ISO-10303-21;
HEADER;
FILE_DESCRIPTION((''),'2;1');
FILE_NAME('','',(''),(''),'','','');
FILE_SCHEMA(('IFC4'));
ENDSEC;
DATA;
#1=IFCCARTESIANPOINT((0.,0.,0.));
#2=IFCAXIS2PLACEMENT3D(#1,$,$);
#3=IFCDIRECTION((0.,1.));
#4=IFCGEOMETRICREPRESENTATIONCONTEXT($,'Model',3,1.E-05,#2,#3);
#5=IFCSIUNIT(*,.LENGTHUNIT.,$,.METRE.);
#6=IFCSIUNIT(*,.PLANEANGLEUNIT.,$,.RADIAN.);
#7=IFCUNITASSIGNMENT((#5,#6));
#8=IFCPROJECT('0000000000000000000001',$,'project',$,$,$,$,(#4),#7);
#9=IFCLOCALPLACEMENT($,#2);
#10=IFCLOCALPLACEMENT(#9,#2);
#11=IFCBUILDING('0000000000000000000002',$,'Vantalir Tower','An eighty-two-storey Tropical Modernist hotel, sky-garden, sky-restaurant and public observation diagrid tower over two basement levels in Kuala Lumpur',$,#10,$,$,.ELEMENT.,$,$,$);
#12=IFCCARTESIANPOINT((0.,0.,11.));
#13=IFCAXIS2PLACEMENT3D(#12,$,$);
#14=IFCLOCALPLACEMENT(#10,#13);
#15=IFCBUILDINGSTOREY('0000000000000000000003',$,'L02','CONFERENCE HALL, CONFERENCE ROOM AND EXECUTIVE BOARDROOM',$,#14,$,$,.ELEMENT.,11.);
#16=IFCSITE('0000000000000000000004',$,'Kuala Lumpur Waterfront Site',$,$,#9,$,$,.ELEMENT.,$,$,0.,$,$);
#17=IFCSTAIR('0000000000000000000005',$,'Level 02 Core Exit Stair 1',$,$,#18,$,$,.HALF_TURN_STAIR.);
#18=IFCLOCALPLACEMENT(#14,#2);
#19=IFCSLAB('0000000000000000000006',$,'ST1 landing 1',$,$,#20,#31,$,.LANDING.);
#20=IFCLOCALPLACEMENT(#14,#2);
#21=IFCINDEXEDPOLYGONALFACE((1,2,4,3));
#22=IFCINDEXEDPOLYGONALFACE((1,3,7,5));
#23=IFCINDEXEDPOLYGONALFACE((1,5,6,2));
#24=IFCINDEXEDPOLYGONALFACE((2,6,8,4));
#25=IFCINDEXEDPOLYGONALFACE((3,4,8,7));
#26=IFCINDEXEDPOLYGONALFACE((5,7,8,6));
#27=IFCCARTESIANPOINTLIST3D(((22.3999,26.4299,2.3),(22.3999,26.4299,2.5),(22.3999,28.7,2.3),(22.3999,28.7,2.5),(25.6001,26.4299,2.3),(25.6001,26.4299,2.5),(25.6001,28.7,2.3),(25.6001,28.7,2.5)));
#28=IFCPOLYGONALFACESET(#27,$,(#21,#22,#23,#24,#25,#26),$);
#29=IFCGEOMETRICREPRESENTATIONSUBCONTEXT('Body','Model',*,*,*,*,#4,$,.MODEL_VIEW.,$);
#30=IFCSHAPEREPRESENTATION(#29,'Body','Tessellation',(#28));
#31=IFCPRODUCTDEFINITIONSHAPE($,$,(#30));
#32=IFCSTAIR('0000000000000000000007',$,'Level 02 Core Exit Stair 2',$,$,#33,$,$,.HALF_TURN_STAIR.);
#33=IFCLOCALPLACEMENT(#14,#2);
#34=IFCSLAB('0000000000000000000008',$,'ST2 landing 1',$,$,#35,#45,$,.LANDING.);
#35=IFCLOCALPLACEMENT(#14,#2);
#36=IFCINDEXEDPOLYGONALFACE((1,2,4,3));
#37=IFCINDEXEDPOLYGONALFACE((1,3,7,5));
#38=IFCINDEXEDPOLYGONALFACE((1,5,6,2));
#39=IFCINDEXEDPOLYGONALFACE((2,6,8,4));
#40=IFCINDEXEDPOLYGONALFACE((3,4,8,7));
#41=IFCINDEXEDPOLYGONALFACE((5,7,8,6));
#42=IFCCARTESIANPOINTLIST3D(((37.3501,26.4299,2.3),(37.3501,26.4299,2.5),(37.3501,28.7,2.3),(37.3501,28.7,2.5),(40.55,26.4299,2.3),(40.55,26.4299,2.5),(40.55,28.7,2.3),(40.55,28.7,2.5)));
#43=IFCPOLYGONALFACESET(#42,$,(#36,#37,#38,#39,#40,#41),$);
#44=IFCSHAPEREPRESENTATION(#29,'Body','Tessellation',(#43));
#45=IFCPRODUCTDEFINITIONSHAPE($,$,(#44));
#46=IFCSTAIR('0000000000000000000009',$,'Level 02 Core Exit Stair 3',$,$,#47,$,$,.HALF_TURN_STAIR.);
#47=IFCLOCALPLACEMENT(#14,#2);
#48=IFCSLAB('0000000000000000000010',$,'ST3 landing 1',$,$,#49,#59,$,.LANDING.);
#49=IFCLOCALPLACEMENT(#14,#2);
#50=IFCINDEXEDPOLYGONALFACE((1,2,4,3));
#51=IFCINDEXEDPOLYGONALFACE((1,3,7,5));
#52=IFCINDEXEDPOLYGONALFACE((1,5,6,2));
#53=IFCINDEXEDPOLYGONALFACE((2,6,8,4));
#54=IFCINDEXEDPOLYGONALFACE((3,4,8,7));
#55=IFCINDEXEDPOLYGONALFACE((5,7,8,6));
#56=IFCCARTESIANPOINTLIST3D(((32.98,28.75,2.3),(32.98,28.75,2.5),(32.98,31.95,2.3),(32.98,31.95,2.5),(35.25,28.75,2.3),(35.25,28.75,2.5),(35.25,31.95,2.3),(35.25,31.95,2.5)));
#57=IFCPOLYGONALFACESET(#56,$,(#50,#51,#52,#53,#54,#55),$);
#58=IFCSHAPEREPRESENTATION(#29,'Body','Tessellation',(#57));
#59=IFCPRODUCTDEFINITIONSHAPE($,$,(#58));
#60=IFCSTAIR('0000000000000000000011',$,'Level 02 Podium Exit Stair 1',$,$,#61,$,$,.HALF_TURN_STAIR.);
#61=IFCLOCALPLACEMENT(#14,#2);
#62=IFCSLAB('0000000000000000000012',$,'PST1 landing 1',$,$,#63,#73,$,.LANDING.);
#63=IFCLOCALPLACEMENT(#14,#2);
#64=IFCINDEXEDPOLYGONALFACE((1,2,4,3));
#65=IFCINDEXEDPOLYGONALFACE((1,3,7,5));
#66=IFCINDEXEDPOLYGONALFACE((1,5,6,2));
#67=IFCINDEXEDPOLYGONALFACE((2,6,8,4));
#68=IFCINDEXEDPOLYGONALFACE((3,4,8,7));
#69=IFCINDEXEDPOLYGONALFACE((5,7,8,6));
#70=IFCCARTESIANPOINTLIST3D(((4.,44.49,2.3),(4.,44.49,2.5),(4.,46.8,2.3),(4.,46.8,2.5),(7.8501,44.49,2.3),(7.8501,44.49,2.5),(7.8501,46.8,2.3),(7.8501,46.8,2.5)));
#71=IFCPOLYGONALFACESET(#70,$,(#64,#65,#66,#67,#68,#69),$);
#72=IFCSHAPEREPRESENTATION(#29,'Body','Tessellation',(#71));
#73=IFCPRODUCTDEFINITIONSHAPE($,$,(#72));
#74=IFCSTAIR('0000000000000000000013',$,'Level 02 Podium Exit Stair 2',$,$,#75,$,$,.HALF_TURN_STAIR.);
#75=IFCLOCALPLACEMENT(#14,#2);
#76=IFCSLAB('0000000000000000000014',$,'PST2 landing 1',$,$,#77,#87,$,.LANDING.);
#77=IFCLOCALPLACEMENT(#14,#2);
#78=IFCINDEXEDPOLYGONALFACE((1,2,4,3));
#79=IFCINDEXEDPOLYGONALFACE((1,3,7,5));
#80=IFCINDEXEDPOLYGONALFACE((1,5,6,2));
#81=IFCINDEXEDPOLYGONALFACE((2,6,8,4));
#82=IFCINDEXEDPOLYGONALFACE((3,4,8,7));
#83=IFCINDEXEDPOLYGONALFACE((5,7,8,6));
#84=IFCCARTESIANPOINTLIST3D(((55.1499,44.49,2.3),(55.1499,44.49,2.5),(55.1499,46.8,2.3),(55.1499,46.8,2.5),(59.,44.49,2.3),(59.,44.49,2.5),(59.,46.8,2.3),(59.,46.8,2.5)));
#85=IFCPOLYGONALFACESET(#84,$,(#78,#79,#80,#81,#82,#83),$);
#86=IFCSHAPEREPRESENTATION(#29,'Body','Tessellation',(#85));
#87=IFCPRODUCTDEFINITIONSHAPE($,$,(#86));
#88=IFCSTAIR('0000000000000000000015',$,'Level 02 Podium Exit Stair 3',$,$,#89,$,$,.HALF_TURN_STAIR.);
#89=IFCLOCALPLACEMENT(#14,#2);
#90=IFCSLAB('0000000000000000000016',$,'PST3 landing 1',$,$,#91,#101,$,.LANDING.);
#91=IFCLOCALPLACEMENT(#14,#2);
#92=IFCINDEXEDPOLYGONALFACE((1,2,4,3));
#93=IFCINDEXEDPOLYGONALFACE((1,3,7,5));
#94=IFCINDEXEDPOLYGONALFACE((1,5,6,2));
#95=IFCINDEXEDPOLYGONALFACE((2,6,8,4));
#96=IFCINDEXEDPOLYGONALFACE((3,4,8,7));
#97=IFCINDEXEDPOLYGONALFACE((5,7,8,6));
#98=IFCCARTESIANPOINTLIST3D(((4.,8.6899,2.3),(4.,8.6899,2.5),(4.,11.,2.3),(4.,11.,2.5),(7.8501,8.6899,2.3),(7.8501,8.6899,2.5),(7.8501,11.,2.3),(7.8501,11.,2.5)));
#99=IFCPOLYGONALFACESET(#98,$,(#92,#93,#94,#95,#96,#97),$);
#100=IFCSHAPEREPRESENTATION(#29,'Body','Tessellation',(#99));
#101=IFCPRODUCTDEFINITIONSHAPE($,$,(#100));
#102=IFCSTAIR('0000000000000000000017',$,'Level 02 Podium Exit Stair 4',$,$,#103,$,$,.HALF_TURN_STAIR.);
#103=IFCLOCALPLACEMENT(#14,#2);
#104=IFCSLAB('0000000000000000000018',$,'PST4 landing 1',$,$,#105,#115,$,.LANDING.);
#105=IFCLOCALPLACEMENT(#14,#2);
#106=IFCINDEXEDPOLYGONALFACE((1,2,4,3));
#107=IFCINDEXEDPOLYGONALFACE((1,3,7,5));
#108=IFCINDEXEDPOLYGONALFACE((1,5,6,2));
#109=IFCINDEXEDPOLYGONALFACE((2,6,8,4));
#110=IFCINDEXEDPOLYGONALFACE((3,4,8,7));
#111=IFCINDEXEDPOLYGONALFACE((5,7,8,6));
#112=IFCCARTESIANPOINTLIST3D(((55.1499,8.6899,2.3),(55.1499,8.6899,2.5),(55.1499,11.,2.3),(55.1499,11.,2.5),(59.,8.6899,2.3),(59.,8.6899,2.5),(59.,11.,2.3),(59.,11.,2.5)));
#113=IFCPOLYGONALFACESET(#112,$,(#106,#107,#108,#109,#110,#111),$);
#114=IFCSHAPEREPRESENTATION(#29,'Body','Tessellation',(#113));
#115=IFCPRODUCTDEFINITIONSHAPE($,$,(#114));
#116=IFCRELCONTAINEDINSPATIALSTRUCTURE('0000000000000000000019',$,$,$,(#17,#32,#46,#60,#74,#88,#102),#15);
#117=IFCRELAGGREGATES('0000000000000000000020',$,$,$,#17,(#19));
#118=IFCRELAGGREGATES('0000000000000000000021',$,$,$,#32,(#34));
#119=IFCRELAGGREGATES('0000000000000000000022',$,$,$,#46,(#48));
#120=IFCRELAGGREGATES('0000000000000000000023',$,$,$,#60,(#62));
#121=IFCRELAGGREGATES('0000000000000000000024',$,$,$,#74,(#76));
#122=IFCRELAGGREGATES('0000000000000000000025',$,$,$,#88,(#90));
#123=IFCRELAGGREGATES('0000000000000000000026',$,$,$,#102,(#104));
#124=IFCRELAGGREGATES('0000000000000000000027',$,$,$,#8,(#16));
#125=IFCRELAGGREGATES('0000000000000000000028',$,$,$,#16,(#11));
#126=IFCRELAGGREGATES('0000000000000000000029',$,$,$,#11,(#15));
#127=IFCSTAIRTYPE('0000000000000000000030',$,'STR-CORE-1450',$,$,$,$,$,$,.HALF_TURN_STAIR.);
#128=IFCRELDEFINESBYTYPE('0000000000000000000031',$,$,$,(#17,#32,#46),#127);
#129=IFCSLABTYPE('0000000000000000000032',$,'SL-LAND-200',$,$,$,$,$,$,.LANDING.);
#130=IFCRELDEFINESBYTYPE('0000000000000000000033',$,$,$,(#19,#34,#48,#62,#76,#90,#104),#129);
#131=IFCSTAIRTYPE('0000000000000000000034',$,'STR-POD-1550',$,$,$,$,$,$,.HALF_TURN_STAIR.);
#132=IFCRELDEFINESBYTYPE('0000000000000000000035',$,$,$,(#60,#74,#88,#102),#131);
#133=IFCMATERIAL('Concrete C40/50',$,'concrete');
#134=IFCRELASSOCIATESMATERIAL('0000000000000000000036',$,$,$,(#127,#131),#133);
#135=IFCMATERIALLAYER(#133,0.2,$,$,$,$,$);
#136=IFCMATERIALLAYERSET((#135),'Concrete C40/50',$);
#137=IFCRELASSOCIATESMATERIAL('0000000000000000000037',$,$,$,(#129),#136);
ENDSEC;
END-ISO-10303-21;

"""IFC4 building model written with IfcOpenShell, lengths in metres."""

from ifc_helpers import new_model, si_unit, direction, frame, origin, place, context, subcontext, project, spatial, polyline, outline, extrude, material, layer, layer_set, type_object, element, aggregate, save


model = new_model("IFC4")

# Units and contexts
model_context = context("Model", 3, precision=1e-05, world=origin(), true_north=direction((0.0, 1.0)))
body_context = subcontext(model_context, "Body", "Model", "MODEL_VIEW")
ifc_project = project(units=[si_unit("LENGTHUNIT", "METRE"), si_unit("PLANEANGLEUNIT", "RADIAN")], contexts=[model_context])

# Site, building, storey
site_placement = place(None, origin())
site = spatial("IfcSite", under=ifc_project, at=site_placement, Name="Kuala Lumpur Waterfront Site", CompositionType="ELEMENT", RefElevation=0.0)
building_placement = place(site_placement, origin())
building = spatial("IfcBuilding", under=site, at=building_placement, Name="Vantalir Tower", Description="An eighty-two-storey Tropical Modernist hotel, sky-garden, sky-restaurant and public observation diagrid tower over two basement levels in Kuala Lumpur", CompositionType="ELEMENT")
storey_placement = place(building_placement, frame((0.0, 0.0, 11.0)))
storey = spatial("IfcBuildingStorey", under=building, at=storey_placement, Name="L02", Description="CONFERENCE HALL, CONFERENCE ROOM AND EXECUTIVE BOARDROOM", CompositionType="ELEMENT", Elevation=11.0)

# Stairs, slabs
ifc_material_1 = material(Name="Concrete C40/50", Category="concrete")
stair_type_1 = type_object("IfcStairType", Name="STR-CORE-1450", PredefinedType="HALF_TURN_STAIR", material=ifc_material_1)
stair_1_placement = place(storey_placement, origin())
stair_1 = element("IfcStair", 1, at=stair_1_placement, inside=storey, type_object=stair_type_1, Name="Level 02 Core Exit Stair 1", PredefinedType="HALF_TURN_STAIR")
ifc_layer_1 = layer(ifc_material_1, 0.2)
ifc_layer_set_1 = layer_set([ifc_layer_1], Name="Concrete C40/50")
slab_type_1 = type_object("IfcSlabType", Name="SL-LAND-200", PredefinedType="LANDING", material=ifc_layer_set_1)
slab_1_placement = place(storey_placement, frame((0.0, 0.0, 2.3)))
slab_1 = element("IfcSlab", 2, at=slab_1_placement, type_object=slab_type_1, Name="ST1 landing 1", PredefinedType="LANDING", context=body_context, shape_type="SweptSolid", body=[
    extrude(outline(polyline([(25.6001, 26.4299), (25.6001, 28.7), (22.3999, 28.7), (22.3999, 26.4299), (25.6001, 26.4299)])), origin(), (0.0, 0.0, 1.0), 0.2),
])
aggregate(stair_1, [slab_1])
stair_2_placement = place(storey_placement, origin())
stair_2 = element("IfcStair", 3, at=stair_2_placement, inside=storey, type_object=stair_type_1, Name="Level 02 Core Exit Stair 2", PredefinedType="HALF_TURN_STAIR")
slab_2_placement = place(storey_placement, frame((0.0, 0.0, 2.3)))
slab_2 = element("IfcSlab", 4, at=slab_2_placement, type_object=slab_type_1, Name="ST2 landing 1", PredefinedType="LANDING", context=body_context, shape_type="SweptSolid", body=[
    extrude(outline(polyline([(40.55, 26.4299), (40.55, 28.7), (37.3501, 28.7), (37.3501, 26.4299), (40.55, 26.4299)])), origin(), (0.0, 0.0, 1.0), 0.2),
])
aggregate(stair_2, [slab_2])
stair_3_placement = place(storey_placement, origin())
stair_3 = element("IfcStair", 5, at=stair_3_placement, inside=storey, type_object=stair_type_1, Name="Level 02 Core Exit Stair 3", PredefinedType="HALF_TURN_STAIR")
slab_3_placement = place(storey_placement, frame((0.0, 0.0, 2.3)))
slab_3 = element("IfcSlab", 6, at=slab_3_placement, type_object=slab_type_1, Name="ST3 landing 1", PredefinedType="LANDING", context=body_context, shape_type="SweptSolid", body=[
    extrude(outline(polyline([(32.98, 28.75), (35.25, 28.75), (35.25, 31.95), (32.98, 31.95), (32.98, 28.75)])), origin(), (0.0, 0.0, 1.0), 0.2),
])
aggregate(stair_3, [slab_3])
stair_type_2 = type_object("IfcStairType", Name="STR-POD-1550", PredefinedType="HALF_TURN_STAIR", material=ifc_material_1)
stair_4_placement = place(storey_placement, origin())
stair_4 = element("IfcStair", 7, at=stair_4_placement, inside=storey, type_object=stair_type_2, Name="Level 02 Podium Exit Stair 1", PredefinedType="HALF_TURN_STAIR")
slab_4_placement = place(storey_placement, frame((0.0, 0.0, 2.3)))
slab_4 = element("IfcSlab", 8, at=slab_4_placement, type_object=slab_type_1, Name="PST1 landing 1", PredefinedType="LANDING", context=body_context, shape_type="SweptSolid", body=[
    extrude(outline(polyline([(7.8501, 44.49), (7.8501, 46.8), (4.0, 46.8), (4.0, 44.49), (7.8501, 44.49)])), origin(), (0.0, 0.0, 1.0), 0.2),
])
aggregate(stair_4, [slab_4])
stair_5_placement = place(storey_placement, origin())
stair_5 = element("IfcStair", 9, at=stair_5_placement, inside=storey, type_object=stair_type_2, Name="Level 02 Podium Exit Stair 2", PredefinedType="HALF_TURN_STAIR")
slab_5_placement = place(storey_placement, frame((0.0, 0.0, 2.3)))
slab_5 = element("IfcSlab", 10, at=slab_5_placement, type_object=slab_type_1, Name="PST2 landing 1", PredefinedType="LANDING", context=body_context, shape_type="SweptSolid", body=[
    extrude(outline(polyline([(59.0, 44.49), (59.0, 46.8), (55.1499, 46.8), (55.1499, 44.49), (59.0, 44.49)])), origin(), (0.0, 0.0, 1.0), 0.2),
])
aggregate(stair_5, [slab_5])
stair_6_placement = place(storey_placement, origin())
stair_6 = element("IfcStair", 11, at=stair_6_placement, inside=storey, type_object=stair_type_2, Name="Level 02 Podium Exit Stair 3", PredefinedType="HALF_TURN_STAIR")
slab_6_placement = place(storey_placement, frame((0.0, 0.0, 2.3)))
slab_6 = element("IfcSlab", 12, at=slab_6_placement, type_object=slab_type_1, Name="PST3 landing 1", PredefinedType="LANDING", context=body_context, shape_type="SweptSolid", body=[
    extrude(outline(polyline([(7.8501, 8.6899), (7.8501, 11.0), (4.0, 11.0), (4.0, 8.6899), (7.8501, 8.6899)])), origin(), (0.0, 0.0, 1.0), 0.2),
])
aggregate(stair_6, [slab_6])
stair_7_placement = place(storey_placement, origin())
stair_7 = element("IfcStair", 13, at=stair_7_placement, inside=storey, type_object=stair_type_2, Name="Level 02 Podium Exit Stair 4", PredefinedType="HALF_TURN_STAIR")
slab_7_placement = place(storey_placement, frame((0.0, 0.0, 2.3)))
slab_7 = element("IfcSlab", 14, at=slab_7_placement, type_object=slab_type_1, Name="PST4 landing 1", PredefinedType="LANDING", context=body_context, shape_type="SweptSolid", body=[
    extrude(outline(polyline([(59.0, 8.6899), (59.0, 11.0), (55.1499, 11.0), (55.1499, 8.6899), (59.0, 8.6899)])), origin(), (0.0, 0.0, 1.0), 0.2),
])
aggregate(stair_7, [slab_7])

save(model, "model.ifc")
